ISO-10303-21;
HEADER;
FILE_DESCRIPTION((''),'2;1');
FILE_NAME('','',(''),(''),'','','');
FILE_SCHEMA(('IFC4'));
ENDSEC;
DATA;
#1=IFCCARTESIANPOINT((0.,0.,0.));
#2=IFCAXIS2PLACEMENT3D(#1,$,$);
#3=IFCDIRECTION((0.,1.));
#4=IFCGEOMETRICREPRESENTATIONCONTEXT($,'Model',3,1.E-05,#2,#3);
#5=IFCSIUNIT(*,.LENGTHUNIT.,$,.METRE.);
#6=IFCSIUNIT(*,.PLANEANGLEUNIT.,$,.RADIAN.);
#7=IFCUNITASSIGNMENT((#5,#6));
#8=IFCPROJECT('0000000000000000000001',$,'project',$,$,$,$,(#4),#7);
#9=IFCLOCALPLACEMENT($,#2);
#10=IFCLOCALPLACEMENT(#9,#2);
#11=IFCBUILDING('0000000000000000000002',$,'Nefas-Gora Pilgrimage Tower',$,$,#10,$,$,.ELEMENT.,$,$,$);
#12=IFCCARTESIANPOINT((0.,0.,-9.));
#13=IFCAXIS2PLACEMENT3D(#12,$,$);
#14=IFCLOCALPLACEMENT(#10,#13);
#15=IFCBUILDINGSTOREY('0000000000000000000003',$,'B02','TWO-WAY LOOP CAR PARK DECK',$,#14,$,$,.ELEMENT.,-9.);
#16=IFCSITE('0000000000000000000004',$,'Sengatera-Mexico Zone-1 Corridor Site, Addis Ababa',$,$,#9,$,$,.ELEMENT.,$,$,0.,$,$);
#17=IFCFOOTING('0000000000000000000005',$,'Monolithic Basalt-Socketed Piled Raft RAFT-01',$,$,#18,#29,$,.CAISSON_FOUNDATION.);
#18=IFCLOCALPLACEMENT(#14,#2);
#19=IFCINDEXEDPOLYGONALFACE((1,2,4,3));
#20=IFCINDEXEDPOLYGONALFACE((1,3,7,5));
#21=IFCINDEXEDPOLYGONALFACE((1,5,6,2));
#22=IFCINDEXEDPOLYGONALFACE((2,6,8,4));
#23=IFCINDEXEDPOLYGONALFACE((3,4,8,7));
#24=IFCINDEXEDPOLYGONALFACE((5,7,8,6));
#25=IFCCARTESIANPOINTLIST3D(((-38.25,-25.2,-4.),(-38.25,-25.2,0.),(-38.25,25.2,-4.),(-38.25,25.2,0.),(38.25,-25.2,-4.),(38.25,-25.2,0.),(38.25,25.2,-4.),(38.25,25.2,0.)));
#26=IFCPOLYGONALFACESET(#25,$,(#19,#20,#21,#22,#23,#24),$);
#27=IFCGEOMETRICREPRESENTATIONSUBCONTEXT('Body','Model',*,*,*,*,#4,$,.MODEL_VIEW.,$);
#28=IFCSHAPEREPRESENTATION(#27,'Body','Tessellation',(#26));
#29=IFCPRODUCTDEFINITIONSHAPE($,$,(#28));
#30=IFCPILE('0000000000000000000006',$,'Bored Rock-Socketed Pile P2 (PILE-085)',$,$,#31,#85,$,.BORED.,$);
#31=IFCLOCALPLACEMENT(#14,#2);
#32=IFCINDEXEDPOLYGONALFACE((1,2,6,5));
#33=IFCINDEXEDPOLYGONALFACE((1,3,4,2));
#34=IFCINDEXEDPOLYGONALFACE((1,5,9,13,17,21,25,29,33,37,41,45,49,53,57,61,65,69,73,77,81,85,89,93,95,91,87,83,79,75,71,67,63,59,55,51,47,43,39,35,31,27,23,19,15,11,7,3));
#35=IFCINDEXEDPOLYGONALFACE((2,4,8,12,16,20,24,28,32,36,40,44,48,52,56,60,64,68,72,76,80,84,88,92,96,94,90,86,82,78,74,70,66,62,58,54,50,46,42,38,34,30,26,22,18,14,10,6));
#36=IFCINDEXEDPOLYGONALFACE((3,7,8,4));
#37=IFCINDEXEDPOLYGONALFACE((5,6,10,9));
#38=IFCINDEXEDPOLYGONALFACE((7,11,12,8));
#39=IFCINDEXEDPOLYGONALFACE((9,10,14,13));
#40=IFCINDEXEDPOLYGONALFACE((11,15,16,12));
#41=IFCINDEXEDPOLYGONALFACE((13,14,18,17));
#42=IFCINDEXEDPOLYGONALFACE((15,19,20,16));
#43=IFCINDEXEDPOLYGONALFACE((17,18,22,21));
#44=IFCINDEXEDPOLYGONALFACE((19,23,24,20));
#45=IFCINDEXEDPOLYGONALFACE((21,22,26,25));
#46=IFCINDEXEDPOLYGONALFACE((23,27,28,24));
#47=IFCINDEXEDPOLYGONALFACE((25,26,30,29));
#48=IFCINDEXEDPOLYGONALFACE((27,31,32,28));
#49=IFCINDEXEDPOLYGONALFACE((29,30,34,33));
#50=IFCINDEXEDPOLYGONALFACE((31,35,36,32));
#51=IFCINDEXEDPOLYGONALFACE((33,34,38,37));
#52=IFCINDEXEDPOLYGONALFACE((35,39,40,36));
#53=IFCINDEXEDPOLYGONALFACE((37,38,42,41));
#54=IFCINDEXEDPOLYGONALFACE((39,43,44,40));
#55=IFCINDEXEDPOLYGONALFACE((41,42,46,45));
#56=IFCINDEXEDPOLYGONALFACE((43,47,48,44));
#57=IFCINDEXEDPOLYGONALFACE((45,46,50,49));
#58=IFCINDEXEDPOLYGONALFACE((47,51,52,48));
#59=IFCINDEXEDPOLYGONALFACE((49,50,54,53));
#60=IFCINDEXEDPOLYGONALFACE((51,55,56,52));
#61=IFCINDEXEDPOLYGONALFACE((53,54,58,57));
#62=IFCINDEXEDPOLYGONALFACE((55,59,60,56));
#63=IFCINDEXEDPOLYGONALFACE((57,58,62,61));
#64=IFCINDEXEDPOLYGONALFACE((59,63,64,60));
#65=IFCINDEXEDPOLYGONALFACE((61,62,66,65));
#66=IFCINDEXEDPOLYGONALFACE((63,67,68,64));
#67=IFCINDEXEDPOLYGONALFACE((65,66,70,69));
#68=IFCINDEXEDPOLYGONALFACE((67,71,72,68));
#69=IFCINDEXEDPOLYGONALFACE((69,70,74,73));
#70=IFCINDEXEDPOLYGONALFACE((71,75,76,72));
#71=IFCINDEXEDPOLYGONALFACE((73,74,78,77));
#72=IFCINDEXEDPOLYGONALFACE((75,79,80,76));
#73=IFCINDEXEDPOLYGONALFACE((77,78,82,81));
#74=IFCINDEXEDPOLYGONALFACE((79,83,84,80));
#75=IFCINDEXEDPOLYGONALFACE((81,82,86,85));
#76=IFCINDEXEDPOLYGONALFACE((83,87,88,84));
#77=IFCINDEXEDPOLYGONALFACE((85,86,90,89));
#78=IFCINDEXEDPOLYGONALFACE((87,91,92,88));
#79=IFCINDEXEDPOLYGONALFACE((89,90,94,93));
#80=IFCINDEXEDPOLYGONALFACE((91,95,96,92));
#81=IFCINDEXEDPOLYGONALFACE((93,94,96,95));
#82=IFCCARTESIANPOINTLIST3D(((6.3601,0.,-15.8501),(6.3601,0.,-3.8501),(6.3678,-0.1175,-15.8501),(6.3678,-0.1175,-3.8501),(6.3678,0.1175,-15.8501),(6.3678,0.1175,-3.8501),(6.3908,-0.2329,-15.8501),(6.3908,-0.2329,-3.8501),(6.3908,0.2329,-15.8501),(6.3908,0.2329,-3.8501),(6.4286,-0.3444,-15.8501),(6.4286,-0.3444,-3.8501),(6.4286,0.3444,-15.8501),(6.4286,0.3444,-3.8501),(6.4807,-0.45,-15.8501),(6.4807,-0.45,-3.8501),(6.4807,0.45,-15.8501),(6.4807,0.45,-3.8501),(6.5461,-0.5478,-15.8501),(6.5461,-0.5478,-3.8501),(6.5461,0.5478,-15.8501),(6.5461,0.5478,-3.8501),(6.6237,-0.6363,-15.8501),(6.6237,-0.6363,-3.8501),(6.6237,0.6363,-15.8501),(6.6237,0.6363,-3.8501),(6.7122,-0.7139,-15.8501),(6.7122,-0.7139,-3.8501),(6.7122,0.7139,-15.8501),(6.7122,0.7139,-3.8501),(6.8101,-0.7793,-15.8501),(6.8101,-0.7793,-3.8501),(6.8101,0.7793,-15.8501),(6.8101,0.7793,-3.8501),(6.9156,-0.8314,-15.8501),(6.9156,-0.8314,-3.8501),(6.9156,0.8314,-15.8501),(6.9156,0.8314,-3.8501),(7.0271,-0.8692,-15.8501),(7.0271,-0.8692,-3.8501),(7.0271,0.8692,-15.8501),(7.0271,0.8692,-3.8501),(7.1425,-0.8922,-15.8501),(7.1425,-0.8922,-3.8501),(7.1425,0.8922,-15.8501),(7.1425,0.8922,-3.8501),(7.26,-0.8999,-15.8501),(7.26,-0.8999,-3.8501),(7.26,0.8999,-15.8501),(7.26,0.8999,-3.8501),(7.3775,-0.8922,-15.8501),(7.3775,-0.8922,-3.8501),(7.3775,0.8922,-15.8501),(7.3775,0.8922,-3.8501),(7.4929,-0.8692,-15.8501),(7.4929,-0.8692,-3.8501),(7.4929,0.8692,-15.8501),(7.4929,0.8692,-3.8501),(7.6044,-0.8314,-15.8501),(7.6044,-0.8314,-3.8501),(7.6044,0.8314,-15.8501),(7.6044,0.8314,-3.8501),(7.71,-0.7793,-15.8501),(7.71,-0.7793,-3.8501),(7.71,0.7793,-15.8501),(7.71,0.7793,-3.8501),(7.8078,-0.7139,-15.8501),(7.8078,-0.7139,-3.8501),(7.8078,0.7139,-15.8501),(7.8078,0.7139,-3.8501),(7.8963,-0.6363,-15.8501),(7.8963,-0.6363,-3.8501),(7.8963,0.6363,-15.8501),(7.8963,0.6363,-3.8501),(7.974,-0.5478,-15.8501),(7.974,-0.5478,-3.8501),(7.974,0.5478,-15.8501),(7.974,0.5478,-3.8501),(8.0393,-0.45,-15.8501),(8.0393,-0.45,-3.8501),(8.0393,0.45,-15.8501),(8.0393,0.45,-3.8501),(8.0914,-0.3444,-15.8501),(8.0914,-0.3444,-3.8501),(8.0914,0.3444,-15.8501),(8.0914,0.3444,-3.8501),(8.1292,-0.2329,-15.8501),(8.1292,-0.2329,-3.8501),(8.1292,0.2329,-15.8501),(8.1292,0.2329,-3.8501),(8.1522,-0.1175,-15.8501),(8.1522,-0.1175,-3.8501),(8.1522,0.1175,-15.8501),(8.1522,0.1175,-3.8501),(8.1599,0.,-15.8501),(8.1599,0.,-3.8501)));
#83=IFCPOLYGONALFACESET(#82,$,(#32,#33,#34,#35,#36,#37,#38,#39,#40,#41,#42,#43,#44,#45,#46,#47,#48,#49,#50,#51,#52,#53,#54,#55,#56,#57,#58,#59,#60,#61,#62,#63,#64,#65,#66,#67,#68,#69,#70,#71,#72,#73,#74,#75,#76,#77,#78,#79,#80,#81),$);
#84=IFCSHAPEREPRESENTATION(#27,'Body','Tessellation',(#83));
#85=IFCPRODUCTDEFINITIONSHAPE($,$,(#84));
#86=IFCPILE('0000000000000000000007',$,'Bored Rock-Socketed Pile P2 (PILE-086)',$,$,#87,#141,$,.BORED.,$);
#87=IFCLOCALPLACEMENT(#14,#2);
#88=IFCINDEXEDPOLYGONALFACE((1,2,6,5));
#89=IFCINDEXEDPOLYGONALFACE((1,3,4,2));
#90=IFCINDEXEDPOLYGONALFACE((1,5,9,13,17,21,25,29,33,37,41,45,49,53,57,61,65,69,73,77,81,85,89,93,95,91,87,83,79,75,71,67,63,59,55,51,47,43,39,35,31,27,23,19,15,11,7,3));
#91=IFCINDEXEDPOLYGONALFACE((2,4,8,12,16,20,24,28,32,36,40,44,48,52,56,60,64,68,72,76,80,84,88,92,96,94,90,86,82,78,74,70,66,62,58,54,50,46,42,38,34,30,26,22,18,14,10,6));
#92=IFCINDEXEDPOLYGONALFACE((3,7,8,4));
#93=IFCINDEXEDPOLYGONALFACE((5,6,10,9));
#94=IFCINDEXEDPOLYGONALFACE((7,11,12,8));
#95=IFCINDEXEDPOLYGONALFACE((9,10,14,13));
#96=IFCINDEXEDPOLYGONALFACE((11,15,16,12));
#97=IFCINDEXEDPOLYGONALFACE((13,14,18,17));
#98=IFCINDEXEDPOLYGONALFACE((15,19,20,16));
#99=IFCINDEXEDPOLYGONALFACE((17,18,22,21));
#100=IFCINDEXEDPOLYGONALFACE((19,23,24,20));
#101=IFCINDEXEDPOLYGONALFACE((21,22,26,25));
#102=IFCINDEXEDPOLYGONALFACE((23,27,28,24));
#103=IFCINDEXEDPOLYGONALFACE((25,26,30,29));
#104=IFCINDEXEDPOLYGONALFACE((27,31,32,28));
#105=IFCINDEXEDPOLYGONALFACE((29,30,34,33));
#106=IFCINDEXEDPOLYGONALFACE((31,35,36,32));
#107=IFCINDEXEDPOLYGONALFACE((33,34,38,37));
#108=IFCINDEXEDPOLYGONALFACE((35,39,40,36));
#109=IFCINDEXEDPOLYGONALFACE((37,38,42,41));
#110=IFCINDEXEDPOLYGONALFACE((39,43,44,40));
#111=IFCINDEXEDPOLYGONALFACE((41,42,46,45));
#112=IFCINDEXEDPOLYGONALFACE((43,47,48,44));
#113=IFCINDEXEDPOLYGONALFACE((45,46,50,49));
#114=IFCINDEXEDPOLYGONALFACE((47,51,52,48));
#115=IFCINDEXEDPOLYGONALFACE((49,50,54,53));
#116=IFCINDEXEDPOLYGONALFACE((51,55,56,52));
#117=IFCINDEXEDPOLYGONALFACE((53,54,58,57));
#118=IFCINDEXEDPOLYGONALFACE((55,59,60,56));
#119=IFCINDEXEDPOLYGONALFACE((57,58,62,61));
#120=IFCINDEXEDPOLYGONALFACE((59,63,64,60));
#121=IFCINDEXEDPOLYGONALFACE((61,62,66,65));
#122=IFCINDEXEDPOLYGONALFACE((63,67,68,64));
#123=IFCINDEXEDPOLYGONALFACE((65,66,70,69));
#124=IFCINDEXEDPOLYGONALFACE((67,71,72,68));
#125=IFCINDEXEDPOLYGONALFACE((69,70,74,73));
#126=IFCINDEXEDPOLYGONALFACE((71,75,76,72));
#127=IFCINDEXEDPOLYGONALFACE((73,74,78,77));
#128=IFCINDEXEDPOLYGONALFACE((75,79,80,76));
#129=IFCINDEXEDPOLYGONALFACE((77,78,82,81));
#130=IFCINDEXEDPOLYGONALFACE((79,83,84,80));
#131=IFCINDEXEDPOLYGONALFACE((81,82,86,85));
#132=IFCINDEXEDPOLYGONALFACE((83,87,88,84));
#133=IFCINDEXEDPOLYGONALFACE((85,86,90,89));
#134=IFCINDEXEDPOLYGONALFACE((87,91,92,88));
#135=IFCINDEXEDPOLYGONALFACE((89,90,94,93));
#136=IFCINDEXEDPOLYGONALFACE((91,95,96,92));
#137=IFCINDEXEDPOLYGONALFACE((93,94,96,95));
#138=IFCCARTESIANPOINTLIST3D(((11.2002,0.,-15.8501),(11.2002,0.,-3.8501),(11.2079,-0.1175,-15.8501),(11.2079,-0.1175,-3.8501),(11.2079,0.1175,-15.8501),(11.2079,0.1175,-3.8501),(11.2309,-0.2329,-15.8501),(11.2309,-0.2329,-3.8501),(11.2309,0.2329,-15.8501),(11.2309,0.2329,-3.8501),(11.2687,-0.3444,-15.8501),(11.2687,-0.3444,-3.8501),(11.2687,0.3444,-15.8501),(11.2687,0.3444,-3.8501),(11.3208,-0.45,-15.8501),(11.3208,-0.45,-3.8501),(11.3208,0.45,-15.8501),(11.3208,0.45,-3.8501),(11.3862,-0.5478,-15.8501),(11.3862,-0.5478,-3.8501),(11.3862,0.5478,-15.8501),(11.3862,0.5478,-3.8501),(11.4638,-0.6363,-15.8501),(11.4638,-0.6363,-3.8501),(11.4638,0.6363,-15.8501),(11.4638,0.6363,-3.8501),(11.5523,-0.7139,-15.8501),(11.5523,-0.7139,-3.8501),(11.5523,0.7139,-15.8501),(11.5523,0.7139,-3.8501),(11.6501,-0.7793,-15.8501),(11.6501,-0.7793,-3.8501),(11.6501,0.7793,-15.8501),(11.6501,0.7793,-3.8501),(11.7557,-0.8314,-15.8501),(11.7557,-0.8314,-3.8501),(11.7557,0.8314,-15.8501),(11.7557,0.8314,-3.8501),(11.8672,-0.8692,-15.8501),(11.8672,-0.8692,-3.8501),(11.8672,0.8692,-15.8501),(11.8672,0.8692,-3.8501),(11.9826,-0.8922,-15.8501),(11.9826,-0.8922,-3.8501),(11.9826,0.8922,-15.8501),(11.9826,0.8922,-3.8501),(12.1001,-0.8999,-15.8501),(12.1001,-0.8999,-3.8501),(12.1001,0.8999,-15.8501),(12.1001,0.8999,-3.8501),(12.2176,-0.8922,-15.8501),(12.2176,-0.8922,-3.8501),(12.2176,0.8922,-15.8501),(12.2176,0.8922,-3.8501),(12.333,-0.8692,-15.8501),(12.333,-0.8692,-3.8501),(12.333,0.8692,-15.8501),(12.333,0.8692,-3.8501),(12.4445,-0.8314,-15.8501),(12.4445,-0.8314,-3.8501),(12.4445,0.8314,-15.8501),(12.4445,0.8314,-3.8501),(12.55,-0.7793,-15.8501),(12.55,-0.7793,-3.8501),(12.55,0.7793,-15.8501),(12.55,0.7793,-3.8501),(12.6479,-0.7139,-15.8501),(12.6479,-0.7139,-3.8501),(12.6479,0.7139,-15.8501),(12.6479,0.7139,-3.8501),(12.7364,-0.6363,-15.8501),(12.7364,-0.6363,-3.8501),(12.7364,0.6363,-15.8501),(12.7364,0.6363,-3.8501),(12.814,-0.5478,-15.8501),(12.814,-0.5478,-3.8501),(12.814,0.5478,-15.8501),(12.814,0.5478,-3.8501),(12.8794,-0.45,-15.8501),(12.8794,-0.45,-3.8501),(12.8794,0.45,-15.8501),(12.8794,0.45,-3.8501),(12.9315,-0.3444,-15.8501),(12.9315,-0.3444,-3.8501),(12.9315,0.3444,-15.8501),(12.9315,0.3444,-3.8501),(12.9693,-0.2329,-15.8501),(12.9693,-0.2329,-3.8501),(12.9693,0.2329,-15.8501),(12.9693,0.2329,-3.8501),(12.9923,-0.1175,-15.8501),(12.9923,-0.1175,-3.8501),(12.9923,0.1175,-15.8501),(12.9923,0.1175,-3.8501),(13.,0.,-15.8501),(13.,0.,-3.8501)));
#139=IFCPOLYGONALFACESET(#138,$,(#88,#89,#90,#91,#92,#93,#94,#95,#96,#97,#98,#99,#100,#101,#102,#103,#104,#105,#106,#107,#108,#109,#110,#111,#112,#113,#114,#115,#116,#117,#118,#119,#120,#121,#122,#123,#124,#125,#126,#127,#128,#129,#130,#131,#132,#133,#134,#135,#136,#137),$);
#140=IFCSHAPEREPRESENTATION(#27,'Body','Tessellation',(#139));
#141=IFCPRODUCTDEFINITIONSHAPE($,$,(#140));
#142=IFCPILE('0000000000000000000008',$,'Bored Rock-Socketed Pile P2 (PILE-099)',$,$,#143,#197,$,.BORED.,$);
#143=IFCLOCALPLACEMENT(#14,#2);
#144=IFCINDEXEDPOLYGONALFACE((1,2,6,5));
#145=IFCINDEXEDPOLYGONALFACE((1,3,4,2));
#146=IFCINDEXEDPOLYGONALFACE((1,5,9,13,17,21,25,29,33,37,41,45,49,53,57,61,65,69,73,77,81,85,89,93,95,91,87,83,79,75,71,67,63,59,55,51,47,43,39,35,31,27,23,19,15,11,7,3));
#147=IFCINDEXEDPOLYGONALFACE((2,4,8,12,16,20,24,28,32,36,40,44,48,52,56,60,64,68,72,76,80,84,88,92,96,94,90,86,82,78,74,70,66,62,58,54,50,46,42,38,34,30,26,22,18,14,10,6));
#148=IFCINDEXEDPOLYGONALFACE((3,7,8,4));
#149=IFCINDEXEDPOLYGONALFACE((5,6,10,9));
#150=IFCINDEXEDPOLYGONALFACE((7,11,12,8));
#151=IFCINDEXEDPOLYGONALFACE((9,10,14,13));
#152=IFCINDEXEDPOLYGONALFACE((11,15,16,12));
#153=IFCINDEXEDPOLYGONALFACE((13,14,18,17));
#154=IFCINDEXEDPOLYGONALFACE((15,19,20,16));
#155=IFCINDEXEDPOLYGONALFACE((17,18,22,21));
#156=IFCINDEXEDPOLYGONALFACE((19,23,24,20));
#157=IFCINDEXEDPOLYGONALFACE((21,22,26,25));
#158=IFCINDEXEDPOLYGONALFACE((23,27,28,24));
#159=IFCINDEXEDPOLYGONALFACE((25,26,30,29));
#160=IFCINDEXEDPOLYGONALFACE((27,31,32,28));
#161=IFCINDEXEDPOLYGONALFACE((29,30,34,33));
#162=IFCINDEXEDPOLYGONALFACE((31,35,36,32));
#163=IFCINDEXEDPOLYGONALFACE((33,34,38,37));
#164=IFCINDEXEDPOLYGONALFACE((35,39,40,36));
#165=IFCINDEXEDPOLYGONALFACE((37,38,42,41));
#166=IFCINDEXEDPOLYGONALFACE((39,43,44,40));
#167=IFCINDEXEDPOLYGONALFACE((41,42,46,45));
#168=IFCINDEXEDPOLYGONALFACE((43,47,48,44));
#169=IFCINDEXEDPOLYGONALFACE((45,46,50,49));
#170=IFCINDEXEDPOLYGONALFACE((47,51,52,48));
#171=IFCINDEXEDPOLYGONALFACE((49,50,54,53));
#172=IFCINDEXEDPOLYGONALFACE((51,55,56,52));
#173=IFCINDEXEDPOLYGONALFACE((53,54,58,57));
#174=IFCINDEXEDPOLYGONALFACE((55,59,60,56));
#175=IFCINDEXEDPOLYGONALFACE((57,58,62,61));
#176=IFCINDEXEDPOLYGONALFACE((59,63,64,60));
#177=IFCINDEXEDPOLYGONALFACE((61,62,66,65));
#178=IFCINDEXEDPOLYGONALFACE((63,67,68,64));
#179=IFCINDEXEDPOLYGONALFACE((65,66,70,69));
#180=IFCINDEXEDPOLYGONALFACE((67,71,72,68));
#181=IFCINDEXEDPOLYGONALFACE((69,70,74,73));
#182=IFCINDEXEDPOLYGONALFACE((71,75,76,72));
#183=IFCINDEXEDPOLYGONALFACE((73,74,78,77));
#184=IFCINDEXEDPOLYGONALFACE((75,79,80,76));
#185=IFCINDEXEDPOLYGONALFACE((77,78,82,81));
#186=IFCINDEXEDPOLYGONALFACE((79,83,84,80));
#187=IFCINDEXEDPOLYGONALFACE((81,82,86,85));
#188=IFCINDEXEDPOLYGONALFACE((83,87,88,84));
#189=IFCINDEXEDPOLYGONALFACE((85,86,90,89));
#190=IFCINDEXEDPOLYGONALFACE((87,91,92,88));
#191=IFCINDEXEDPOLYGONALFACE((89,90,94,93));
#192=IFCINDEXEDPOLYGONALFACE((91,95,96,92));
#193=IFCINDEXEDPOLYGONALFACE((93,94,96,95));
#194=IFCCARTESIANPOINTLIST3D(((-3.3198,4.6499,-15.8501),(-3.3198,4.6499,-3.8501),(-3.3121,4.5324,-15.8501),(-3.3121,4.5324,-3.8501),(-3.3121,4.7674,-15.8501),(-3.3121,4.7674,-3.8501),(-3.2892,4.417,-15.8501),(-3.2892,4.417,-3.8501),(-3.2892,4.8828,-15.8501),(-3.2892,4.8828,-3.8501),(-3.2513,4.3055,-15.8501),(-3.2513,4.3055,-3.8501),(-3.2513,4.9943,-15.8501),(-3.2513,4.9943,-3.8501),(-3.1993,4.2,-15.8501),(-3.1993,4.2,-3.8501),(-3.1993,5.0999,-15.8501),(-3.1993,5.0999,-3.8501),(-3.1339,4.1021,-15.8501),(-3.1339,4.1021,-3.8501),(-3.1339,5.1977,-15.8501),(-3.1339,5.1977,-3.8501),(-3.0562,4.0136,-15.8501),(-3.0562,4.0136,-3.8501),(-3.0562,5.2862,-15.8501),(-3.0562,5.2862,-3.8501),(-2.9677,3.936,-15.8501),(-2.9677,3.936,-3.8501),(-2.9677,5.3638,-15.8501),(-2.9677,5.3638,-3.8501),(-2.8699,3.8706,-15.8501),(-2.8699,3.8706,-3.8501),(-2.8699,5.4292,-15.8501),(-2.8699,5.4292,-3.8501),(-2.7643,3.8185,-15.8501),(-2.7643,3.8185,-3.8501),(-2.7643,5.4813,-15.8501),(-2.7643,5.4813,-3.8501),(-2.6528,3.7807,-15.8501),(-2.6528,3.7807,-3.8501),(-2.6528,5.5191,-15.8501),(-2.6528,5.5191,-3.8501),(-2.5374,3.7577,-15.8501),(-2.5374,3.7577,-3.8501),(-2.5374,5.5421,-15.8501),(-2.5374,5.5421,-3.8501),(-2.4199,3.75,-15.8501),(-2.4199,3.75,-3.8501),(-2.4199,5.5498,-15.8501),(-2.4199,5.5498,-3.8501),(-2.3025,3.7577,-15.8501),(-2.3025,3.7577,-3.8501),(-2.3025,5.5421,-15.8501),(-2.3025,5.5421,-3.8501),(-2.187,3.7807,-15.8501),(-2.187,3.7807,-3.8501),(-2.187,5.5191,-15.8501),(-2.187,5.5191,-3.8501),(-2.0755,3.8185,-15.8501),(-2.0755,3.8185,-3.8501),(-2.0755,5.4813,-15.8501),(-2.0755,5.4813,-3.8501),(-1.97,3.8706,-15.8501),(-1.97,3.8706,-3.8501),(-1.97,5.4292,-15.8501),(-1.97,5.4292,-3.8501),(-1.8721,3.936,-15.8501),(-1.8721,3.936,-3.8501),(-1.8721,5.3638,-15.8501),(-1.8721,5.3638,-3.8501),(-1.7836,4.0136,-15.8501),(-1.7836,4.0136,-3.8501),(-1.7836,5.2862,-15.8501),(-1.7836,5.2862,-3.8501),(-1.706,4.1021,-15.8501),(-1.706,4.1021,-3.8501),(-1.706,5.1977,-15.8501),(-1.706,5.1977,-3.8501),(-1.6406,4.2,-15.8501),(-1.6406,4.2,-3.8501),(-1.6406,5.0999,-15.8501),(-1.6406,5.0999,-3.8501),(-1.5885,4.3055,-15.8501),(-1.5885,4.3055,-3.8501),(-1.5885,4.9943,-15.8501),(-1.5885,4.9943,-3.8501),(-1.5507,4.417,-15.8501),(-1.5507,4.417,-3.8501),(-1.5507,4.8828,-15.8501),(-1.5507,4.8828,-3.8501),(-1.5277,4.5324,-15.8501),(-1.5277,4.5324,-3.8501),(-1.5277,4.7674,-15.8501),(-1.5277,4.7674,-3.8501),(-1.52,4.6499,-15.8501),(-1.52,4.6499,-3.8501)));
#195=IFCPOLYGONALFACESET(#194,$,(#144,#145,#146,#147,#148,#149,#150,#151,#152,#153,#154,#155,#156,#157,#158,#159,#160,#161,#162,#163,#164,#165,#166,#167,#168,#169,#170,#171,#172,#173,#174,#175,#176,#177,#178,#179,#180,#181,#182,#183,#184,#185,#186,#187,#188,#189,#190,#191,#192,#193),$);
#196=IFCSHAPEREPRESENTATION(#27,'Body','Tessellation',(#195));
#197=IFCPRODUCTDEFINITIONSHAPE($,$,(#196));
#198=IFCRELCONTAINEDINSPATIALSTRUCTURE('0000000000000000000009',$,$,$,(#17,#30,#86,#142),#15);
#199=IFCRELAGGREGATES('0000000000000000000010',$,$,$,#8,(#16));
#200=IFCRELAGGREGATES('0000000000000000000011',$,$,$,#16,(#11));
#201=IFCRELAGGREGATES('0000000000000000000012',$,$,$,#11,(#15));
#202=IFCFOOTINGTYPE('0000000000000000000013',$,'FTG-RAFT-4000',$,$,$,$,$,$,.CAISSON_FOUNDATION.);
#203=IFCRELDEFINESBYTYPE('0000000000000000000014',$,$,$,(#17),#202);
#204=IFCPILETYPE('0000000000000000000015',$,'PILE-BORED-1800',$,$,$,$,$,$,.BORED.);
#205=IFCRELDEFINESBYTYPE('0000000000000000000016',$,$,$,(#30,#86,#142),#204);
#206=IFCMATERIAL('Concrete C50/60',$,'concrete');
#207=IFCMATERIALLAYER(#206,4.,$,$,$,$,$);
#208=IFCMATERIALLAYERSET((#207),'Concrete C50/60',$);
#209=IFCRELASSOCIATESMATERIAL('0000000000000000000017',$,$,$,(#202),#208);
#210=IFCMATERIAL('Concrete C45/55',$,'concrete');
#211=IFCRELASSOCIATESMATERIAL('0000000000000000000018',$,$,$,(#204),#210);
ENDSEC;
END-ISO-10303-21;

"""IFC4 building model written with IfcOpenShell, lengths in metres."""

from ifc_helpers import new_model, si_unit, direction, frame, origin, origin_2d, place, context, subcontext, project, spatial, polyline, circle, outline, extrude, source, transform, mapped, material, layer, layer_set, material_profile, profile_set, type_object, element, save


model = new_model("IFC4")

# Units and contexts
model_context = context("Model", 3, precision=1e-05, world=origin(), true_north=direction((0.0, 1.0)))
body_context = subcontext(model_context, "Body", "Model", "MODEL_VIEW")
ifc_project = project(units=[si_unit("LENGTHUNIT", "METRE"), si_unit("PLANEANGLEUNIT", "RADIAN")], contexts=[model_context])

# Site, building, storey
site_placement = place(None, origin())
site = spatial("IfcSite", under=ifc_project, at=site_placement, Name="Sengatera-Mexico Zone-1 Corridor Site, Addis Ababa", CompositionType="ELEMENT", RefElevation=0.0)
building_placement = place(site_placement, origin())
building = spatial("IfcBuilding", under=site, at=building_placement, Name="Nefas-Gora Pilgrimage Tower", CompositionType="ELEMENT")
storey_placement = place(building_placement, frame((0.0, 0.0, -9.0)))
storey = spatial("IfcBuildingStorey", under=building, at=storey_placement, Name="B02", Description="TWO-WAY LOOP CAR PARK DECK", CompositionType="ELEMENT", Elevation=-9.0)

# Footing
ifc_material_1 = material(Name="Concrete C50/60", Category="concrete")
ifc_layer_1 = layer(ifc_material_1, 4.0)
ifc_layer_set_1 = layer_set([ifc_layer_1], Name="Concrete C50/60")
footing_type = type_object("IfcFootingType", Name="FTG-RAFT-4000", PredefinedType="CAISSON_FOUNDATION", material=ifc_layer_set_1)
footing_placement = place(storey_placement, frame((0.0, 0.0, -4.0)))
element("IfcFooting", 1, at=footing_placement, inside=storey, type_object=footing_type, Name="Monolithic Basalt-Socketed Piled Raft RAFT-01", PredefinedType="CAISSON_FOUNDATION", context=body_context, shape_type="SweptSolid", body=[
    extrude(outline(polyline([(-38.25, -25.2), (38.25, -25.2), (38.25, 25.2), (-38.25, 25.2), (-38.25, -25.2)])), origin(), (0.0, 0.0, 1.0), 4.0),
])

# Piles
ifc_material_2 = material(Name="Concrete C45/55", Category="concrete")
ifc_material_profile = material_profile(ifc_material_2, circle(Radius=0.8999, at=origin_2d()), Name="PILE D1800")
ifc_profile_set = profile_set([ifc_material_profile], Name="Concrete C45/55")
pile_type = type_object("IfcPileType", Name="PILE-BORED-1800", PredefinedType="BORED", material=ifc_profile_set)
shared_shape_1 = source(origin(), body_context, "Body", "SweptSolid", [
    extrude(circle(Radius=0.8999, at=origin_2d()), origin(), (0.0, 0.0, 1.0), 12.0),
])
for number, where, z_axis, x_axis, name in (
    (2, (7.26, 0.0, -3.8501), (0.0, 0.0, -1.0), (1.0, 0.0, 0.0), "Bored Rock-Socketed Pile P2 (PILE-085)"),
    (3, (12.1001, 0.0, -3.8501), (0.0, 0.0, -1.0), (1.0, 0.0, 0.0), "Bored Rock-Socketed Pile P2 (PILE-086)"),
    (4, (-2.4199, 4.6499, -3.8501), (0.0, 0.0, -1.0), (1.0, 0.0, 0.0), "Bored Rock-Socketed Pile P2 (PILE-099)"),
):
    element("IfcPile", number, at=place(storey_placement, frame(where, z_axis=z_axis, x_axis=x_axis)), inside=storey, type_object=pile_type, Name=name, PredefinedType="BORED", context=body_context, shape_type="MappedRepresentation", body=[
        mapped(shared_shape_1, transform((0.0, 0.0, 0.0), x_axis=(1.0, 0.0, 0.0), y_axis=(0.0, 1.0, 0.0), z_axis=(0.0, 0.0, 1.0), scale=1.0)),
    ])

save(model, "model.ifc")
